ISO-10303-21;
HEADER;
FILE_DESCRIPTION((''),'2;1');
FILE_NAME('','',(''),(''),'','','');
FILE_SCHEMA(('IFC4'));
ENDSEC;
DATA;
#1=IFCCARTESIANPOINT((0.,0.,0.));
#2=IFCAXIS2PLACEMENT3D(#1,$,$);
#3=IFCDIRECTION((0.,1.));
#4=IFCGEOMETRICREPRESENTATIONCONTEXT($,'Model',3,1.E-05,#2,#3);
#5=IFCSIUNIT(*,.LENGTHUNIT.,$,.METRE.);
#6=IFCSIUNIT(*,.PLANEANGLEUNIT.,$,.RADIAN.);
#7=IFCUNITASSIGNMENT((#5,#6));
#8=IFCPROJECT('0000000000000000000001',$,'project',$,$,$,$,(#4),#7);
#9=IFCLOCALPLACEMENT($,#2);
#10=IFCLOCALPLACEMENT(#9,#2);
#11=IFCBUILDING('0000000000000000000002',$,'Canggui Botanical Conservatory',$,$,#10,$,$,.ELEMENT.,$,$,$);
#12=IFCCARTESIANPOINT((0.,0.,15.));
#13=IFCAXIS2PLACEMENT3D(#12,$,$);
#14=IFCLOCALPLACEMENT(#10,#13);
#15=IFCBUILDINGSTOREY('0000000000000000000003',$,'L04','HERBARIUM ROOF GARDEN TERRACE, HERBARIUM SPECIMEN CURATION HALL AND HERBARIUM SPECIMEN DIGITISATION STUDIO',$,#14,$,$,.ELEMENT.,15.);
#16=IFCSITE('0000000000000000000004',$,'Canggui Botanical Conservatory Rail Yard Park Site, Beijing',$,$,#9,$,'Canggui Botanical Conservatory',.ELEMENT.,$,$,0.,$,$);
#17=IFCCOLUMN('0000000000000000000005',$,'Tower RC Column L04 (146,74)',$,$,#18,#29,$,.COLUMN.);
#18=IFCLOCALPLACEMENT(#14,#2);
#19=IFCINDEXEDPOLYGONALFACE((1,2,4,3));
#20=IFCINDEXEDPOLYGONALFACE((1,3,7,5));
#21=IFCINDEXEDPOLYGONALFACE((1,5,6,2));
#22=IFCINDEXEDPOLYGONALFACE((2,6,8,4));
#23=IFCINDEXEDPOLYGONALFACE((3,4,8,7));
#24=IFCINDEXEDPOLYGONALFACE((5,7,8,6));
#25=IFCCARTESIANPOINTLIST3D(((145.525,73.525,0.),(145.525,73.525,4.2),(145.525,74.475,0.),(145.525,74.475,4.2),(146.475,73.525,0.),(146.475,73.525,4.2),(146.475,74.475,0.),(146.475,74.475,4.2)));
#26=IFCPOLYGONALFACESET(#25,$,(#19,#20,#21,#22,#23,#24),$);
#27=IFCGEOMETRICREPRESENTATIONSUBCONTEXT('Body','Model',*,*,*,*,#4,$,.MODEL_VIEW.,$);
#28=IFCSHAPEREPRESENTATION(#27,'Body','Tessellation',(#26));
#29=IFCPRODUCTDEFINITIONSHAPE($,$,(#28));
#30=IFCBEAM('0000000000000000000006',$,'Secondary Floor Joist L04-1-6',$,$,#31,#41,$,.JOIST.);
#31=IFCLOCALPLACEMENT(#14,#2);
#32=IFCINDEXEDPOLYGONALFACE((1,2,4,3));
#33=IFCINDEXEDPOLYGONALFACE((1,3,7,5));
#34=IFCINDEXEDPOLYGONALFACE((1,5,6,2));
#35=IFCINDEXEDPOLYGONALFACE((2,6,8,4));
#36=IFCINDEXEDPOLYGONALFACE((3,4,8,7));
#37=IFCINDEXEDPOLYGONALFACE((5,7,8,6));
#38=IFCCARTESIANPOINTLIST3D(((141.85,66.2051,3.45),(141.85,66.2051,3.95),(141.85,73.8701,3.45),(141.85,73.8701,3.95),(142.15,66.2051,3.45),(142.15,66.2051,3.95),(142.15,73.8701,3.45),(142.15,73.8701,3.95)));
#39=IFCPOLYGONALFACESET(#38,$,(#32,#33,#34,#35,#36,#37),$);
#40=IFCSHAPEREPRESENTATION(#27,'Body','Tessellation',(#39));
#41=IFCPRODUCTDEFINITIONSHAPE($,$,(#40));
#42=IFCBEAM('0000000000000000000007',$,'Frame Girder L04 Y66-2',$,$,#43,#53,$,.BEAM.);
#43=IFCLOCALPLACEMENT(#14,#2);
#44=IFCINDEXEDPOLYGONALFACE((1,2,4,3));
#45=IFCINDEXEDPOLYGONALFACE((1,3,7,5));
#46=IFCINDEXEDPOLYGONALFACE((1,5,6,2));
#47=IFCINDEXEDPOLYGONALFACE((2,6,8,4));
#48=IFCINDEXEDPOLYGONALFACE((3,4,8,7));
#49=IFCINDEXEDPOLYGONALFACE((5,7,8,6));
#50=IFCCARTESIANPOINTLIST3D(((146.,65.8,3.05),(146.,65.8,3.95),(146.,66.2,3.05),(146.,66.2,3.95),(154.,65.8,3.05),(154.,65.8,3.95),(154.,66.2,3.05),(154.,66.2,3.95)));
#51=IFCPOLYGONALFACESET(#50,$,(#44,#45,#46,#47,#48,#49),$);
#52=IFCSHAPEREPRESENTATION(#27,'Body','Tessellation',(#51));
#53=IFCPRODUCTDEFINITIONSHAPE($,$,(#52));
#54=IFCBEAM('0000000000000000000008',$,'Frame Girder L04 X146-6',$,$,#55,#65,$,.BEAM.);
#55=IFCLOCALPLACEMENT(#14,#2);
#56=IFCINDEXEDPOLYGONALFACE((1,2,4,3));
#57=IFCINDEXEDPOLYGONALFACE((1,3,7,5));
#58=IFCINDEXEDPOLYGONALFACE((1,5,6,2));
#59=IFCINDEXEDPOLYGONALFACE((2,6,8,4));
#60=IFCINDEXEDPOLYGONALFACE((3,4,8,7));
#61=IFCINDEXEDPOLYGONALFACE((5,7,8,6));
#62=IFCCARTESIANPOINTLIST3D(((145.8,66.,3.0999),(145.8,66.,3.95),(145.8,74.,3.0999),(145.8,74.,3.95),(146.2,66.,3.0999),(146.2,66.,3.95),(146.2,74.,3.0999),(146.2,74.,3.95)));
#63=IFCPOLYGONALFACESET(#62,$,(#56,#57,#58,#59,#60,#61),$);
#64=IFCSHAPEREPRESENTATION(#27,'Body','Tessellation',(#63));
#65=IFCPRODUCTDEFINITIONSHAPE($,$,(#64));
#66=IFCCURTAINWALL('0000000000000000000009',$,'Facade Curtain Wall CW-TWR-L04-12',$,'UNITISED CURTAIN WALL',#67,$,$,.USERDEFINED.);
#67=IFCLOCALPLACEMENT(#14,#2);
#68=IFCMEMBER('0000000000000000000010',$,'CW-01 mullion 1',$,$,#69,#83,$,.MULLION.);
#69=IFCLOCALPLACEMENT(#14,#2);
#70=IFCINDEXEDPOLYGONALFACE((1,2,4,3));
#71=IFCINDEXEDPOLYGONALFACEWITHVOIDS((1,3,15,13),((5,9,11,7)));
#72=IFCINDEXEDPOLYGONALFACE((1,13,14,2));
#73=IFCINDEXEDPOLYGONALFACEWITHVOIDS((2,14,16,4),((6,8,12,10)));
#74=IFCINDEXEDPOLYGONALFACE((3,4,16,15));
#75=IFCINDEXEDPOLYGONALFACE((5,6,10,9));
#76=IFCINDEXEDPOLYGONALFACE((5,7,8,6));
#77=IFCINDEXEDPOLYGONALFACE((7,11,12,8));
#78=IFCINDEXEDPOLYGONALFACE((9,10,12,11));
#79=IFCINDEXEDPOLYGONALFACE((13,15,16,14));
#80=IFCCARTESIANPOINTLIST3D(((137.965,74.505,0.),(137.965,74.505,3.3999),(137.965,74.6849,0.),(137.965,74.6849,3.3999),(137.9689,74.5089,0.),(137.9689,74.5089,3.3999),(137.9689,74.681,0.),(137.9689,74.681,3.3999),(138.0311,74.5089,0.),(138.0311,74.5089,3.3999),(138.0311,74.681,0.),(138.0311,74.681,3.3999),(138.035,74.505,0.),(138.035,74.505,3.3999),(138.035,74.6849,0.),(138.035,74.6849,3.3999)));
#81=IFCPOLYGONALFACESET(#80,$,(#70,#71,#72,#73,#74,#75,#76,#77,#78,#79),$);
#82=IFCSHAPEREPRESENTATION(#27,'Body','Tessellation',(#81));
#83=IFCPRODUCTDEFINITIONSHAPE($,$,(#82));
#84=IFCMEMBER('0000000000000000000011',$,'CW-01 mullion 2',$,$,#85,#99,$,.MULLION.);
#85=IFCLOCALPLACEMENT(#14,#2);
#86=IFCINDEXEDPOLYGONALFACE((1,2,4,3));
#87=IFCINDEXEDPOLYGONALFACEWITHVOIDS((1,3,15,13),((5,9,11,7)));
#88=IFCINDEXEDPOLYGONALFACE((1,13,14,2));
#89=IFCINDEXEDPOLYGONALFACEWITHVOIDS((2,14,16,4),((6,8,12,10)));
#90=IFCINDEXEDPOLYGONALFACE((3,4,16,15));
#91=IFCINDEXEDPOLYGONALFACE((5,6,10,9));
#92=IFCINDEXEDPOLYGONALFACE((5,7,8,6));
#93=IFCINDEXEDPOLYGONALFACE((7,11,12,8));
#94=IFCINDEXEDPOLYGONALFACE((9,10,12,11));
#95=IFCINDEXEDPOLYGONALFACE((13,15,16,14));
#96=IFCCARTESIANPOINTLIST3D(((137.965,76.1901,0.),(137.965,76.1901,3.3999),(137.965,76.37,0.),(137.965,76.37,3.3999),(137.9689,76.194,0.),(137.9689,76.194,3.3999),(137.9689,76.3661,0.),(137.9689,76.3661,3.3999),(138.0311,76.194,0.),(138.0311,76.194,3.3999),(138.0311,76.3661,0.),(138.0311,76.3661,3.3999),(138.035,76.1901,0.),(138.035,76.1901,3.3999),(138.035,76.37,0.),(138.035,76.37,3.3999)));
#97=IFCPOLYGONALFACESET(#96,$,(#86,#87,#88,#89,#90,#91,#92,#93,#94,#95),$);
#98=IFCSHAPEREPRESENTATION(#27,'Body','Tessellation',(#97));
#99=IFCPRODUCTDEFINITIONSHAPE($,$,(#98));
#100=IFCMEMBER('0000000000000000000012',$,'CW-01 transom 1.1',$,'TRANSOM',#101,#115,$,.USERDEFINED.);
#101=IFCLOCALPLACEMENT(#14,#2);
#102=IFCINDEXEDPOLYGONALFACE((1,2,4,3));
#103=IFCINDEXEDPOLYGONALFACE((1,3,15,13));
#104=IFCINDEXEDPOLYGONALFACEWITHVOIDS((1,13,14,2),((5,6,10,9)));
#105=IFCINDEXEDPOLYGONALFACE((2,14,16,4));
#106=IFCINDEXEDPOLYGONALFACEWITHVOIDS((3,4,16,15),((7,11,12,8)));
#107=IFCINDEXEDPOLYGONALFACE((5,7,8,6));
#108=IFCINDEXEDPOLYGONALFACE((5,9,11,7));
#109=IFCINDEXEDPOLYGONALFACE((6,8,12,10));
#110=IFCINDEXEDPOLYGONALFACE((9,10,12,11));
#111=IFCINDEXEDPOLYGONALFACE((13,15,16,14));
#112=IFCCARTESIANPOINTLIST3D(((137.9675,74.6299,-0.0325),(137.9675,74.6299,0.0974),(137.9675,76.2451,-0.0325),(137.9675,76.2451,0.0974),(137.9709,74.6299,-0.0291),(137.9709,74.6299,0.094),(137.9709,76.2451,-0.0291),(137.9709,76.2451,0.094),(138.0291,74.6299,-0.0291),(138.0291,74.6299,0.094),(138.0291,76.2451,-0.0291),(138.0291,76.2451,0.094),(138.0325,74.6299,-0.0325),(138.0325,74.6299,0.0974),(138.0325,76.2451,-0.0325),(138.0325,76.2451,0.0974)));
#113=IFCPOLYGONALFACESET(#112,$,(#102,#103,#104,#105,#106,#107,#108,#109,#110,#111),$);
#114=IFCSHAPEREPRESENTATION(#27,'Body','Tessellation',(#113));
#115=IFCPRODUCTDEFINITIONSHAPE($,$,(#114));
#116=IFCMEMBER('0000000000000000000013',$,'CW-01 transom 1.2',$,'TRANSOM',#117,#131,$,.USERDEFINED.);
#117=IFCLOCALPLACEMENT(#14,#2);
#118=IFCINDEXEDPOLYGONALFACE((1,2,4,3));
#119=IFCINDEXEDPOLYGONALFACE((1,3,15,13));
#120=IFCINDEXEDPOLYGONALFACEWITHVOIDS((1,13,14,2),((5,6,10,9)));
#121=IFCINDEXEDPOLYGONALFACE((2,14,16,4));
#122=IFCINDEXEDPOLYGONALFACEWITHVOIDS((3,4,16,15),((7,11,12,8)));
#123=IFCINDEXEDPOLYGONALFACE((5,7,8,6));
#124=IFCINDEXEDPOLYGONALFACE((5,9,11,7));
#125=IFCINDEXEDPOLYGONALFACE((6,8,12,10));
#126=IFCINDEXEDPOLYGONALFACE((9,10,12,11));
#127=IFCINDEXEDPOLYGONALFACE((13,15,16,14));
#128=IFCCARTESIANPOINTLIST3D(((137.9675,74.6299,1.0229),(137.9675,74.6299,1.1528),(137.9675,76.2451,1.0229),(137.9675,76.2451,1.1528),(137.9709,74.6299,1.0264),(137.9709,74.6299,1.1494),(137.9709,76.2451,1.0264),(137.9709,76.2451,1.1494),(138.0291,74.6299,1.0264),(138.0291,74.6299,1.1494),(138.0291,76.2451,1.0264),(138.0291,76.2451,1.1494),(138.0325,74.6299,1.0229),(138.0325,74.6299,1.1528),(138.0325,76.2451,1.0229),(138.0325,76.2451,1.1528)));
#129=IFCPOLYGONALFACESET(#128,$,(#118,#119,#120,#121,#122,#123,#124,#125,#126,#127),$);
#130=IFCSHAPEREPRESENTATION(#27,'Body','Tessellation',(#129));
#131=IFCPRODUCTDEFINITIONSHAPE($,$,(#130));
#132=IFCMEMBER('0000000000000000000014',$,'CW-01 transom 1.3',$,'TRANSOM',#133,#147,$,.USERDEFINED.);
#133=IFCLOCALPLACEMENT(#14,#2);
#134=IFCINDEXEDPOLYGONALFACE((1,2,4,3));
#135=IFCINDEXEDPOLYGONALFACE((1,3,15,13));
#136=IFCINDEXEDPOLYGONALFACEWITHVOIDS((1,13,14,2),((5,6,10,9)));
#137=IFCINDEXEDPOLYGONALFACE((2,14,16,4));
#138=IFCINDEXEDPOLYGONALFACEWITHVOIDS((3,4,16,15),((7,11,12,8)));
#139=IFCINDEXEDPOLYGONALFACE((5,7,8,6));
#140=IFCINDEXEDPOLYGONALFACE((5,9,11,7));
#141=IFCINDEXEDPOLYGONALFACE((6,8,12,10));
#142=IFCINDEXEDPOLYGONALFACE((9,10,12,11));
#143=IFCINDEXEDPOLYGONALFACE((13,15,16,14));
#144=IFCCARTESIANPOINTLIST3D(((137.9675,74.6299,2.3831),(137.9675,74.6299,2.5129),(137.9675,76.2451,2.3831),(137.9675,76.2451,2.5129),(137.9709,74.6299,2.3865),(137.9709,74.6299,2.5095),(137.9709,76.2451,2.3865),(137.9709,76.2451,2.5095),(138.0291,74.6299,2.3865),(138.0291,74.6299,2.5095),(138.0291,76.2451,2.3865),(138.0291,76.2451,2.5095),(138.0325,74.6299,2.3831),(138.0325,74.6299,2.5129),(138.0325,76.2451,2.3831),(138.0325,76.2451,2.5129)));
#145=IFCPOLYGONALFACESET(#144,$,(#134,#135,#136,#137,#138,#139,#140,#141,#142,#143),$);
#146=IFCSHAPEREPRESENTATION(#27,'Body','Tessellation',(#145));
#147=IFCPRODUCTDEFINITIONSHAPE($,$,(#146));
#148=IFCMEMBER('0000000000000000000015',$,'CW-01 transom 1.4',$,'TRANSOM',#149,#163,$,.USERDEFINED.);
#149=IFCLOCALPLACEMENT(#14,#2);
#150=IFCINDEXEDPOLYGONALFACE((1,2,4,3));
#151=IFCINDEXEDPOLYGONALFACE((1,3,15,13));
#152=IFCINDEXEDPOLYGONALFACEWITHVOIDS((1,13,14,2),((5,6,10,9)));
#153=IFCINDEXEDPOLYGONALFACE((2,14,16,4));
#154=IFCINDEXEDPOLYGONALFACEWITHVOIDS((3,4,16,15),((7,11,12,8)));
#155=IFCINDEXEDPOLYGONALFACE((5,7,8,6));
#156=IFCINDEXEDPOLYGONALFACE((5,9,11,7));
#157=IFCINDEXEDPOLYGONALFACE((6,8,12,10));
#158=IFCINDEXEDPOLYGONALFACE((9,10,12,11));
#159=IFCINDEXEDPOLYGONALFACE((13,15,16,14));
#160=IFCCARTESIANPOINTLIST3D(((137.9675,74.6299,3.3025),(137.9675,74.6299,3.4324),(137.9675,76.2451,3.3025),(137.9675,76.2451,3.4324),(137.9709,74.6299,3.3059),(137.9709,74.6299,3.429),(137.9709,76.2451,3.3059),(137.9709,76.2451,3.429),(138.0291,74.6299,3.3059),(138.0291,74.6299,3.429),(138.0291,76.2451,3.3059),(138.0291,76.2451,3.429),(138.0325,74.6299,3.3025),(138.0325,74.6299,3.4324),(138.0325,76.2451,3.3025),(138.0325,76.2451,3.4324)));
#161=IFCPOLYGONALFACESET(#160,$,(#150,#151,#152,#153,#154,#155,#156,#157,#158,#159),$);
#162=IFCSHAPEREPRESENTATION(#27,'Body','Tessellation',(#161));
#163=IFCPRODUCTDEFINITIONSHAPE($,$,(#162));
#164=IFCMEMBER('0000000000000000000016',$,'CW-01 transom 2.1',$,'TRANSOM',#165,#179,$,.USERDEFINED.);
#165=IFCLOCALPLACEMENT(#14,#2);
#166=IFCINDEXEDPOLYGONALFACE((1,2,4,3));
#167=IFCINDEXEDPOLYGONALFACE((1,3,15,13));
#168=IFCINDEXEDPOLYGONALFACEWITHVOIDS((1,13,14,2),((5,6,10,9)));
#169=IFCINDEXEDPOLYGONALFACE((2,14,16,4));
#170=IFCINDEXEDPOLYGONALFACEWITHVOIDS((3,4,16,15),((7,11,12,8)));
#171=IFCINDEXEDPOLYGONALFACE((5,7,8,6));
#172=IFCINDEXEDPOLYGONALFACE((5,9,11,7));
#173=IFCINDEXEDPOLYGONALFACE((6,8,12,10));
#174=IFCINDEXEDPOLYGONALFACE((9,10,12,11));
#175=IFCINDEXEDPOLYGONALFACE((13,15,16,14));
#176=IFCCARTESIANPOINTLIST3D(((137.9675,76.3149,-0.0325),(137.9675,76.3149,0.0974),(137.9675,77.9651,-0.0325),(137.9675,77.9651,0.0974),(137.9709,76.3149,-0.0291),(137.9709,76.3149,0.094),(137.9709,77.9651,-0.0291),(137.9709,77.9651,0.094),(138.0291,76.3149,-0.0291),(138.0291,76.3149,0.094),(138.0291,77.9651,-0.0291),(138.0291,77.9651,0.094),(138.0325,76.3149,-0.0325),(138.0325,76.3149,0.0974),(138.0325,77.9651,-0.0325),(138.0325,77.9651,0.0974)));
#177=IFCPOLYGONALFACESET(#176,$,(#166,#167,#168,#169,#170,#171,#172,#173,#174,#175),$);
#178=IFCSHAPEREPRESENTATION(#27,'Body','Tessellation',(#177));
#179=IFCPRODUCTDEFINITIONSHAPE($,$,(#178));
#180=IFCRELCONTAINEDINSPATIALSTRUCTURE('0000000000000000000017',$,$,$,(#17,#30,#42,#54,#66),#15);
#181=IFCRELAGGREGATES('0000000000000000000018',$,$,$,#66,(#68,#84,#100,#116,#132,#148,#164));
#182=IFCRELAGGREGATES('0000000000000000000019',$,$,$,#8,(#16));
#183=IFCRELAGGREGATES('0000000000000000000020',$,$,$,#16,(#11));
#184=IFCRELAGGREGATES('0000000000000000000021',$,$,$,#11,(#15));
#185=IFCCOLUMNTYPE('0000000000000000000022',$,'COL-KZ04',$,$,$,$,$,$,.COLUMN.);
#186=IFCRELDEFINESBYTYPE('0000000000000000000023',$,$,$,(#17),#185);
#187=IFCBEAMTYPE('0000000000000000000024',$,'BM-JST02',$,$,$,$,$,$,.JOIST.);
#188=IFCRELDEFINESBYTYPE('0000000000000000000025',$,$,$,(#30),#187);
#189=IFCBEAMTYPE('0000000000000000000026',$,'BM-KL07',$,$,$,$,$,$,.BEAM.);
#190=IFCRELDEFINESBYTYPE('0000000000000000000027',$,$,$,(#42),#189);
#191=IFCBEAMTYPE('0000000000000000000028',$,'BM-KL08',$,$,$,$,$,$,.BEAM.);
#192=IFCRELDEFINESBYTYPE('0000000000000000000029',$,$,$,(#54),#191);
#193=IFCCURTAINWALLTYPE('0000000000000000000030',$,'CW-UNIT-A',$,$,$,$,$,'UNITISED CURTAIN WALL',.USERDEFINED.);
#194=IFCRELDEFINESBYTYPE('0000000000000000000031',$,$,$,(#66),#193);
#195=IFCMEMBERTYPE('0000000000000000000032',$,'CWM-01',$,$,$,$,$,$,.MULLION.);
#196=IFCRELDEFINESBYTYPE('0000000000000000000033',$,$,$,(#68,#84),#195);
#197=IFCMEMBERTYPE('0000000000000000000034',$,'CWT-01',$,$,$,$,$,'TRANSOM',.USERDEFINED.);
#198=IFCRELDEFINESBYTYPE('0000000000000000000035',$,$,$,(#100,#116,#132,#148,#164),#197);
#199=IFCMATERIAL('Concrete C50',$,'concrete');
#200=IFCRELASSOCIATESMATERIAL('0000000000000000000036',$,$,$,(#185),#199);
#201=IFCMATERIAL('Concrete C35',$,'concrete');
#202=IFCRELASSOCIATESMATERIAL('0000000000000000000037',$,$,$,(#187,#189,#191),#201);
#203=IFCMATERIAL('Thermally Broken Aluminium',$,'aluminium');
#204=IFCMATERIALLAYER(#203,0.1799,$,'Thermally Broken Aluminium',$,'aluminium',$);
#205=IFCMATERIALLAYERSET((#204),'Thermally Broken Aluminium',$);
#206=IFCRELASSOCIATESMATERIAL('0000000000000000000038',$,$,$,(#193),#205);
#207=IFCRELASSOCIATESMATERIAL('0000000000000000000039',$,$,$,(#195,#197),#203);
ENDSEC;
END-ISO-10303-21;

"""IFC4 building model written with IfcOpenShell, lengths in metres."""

from ifc_helpers import new_model, si_unit, direction, frame, origin, origin_2d, place, context, subcontext, project, spatial, rectangle, hollow_rectangle, extrude, material, layer, layer_set, material_profile, profile_set, type_object, element, aggregate, save


model = new_model("IFC4")

# Units and contexts
model_context = context("Model", 3, precision=1e-05, world=origin(), true_north=direction((0.0, 1.0)))
body_context = subcontext(model_context, "Body", "Model", "MODEL_VIEW")
ifc_project = project(units=[si_unit("LENGTHUNIT", "METRE"), si_unit("PLANEANGLEUNIT", "RADIAN")], contexts=[model_context])

# Site, building, storey
site_placement = place(None, origin())
site = spatial("IfcSite", under=ifc_project, at=site_placement, Name="Canggui Botanical Conservatory Rail Yard Park Site, Beijing", LongName="Canggui Botanical Conservatory", CompositionType="ELEMENT", RefElevation=0.0)
building_placement = place(site_placement, origin())
building = spatial("IfcBuilding", under=site, at=building_placement, Name="Canggui Botanical Conservatory", CompositionType="ELEMENT")
storey_placement = place(building_placement, frame((0.0, 0.0, 15.0)))
storey = spatial("IfcBuildingStorey", under=building, at=storey_placement, Name="L04", Description="HERBARIUM ROOF GARDEN TERRACE, HERBARIUM SPECIMEN CURATION HALL AND HERBARIUM SPECIMEN DIGITISATION STUDIO", CompositionType="ELEMENT", Elevation=15.0)

# Column
ifc_material_1 = material(Name="Concrete C50", Category="concrete")
ifc_material_profile_1 = material_profile(ifc_material_1, rectangle(XDim=0.95, YDim=0.95, at=origin_2d()), Name="RC 950x950")
ifc_profile_set_1 = profile_set([ifc_material_profile_1], Name="Concrete C50")
column_type = type_object("IfcColumnType", Name="COL-KZ04", PredefinedType="COLUMN", material=ifc_profile_set_1)
column_placement = place(storey_placement, frame((146.0, 74.0, 0.0), z_axis=(0.0, 0.0, 1.0), x_axis=(1.0, 0.0, 0.0)))
element("IfcColumn", 1, at=column_placement, inside=storey, type_object=column_type, Name="Tower RC Column L04 (146,74)", PredefinedType="COLUMN", context=body_context, shape_type="SweptSolid", body=[
    extrude(rectangle(XDim=0.95, YDim=0.95, at=origin_2d()), origin(), (0.0, 0.0, 1.0), 4.2),
])

# Beams
ifc_material_2 = material(Name="Concrete C35", Category="concrete")
ifc_material_profile_2 = material_profile(ifc_material_2, rectangle(XDim=0.3, YDim=0.5, at=origin_2d()), Name="RB 300x500")
ifc_profile_set_2 = profile_set([ifc_material_profile_2], Name="Concrete C35")
beam_type_1 = type_object("IfcBeamType", Name="BM-JST02", PredefinedType="JOIST", material=ifc_profile_set_2)
beam_1_placement = place(storey_placement, frame((142.0, 66.2051, 3.7), z_axis=(0.0, 1.0, 0.0), x_axis=(-1.0, 0.0, 0.0)))
element("IfcBeam", 2, at=beam_1_placement, inside=storey, type_object=beam_type_1, Name="Secondary Floor Joist L04-1-6", PredefinedType="JOIST", context=body_context, shape_type="SweptSolid", body=[
    extrude(rectangle(XDim=0.3, YDim=0.5, at=origin_2d()), origin(), (0.0, 0.0, 1.0), 7.665),
])
ifc_material_profile_3 = material_profile(ifc_material_2, rectangle(XDim=0.3999, YDim=0.8999, at=origin_2d()), Name="RB 400x900")
ifc_profile_set_3 = profile_set([ifc_material_profile_3], Name="Concrete C35")
beam_type_2 = type_object("IfcBeamType", Name="BM-KL07", PredefinedType="BEAM", material=ifc_profile_set_3)
beam_2_placement = place(storey_placement, frame((146.0, 66.0, 3.5), z_axis=(1.0, 0.0, 0.0), x_axis=(0.0, 1.0, 0.0)))
element("IfcBeam", 3, at=beam_2_placement, inside=storey, type_object=beam_type_2, Name="Frame Girder L04 Y66-2", PredefinedType="BEAM", context=body_context, shape_type="SweptSolid", body=[
    extrude(rectangle(XDim=0.3999, YDim=0.8999, at=origin_2d()), origin(), (0.0, 0.0, 1.0), 8.0),
])
ifc_material_profile_4 = material_profile(ifc_material_2, rectangle(XDim=0.3999, YDim=0.8501, at=origin_2d()), Name="RB 400x850")
ifc_profile_set_4 = profile_set([ifc_material_profile_4], Name="Concrete C35")
beam_type_3 = type_object("IfcBeamType", Name="BM-KL08", PredefinedType="BEAM", material=ifc_profile_set_4)
beam_3_placement = place(storey_placement, frame((146.0, 66.0, 3.5249), z_axis=(0.0, 1.0, 0.0), x_axis=(-1.0, 0.0, 0.0)))
element("IfcBeam", 4, at=beam_3_placement, inside=storey, type_object=beam_type_3, Name="Frame Girder L04 X146-6", PredefinedType="BEAM", context=body_context, shape_type="SweptSolid", body=[
    extrude(rectangle(XDim=0.3999, YDim=0.8501, at=origin_2d()), origin(), (0.0, 0.0, 1.0), 8.0),
])

# Curtain wall, members
ifc_material_3 = material(Name="Thermally Broken Aluminium", Category="aluminium")
ifc_layer_1 = layer(ifc_material_3, 0.1799, Name="Thermally Broken Aluminium", Category="aluminium")
ifc_layer_set_1 = layer_set([ifc_layer_1], Name="Thermally Broken Aluminium")
curtain_wall_type = type_object("IfcCurtainWallType", Name="CW-UNIT-A", ElementType="UNITISED CURTAIN WALL", PredefinedType="USERDEFINED", material=ifc_layer_set_1)
curtain_wall_placement = place(storey_placement, origin())
curtain_wall = element("IfcCurtainWall", 5, at=curtain_wall_placement, inside=storey, type_object=curtain_wall_type, Name="Facade Curtain Wall CW-TWR-L04-12", ObjectType="UNITISED CURTAIN WALL", PredefinedType="USERDEFINED")
ifc_material_profile_5 = material_profile(ifc_material_3, hollow_rectangle(XDim=0.0701, YDim=0.1799, WallThickness=0.0039, at=origin_2d()), Name="CWM 70x180x4")
ifc_profile_set_5 = profile_set([ifc_material_profile_5], Name="Thermally Broken Aluminium")
member_type_1 = type_object("IfcMemberType", Name="CWM-01", PredefinedType="MULLION", material=ifc_profile_set_5)
member_1_placement = place(storey_placement, frame((138.0, 74.595, 0.0), z_axis=(0.0, 0.0, 1.0), x_axis=(-1.0, 0.0, 0.0)))
member_1 = element("IfcMember", 6, at=member_1_placement, type_object=member_type_1, Name="CW-01 mullion 1", PredefinedType="MULLION", context=body_context, shape_type="SweptSolid", body=[
    extrude(hollow_rectangle(XDim=0.0701, YDim=0.1799, WallThickness=0.0039, at=origin_2d()), origin(), (0.0, 0.0, 1.0), 3.3999),
])
member_2_placement = place(storey_placement, frame((138.0, 76.28, 0.0), z_axis=(0.0, 0.0, 1.0), x_axis=(-1.0, 0.0, 0.0)))
member_2 = element("IfcMember", 7, at=member_2_placement, type_object=member_type_1, Name="CW-01 mullion 2", PredefinedType="MULLION", context=body_context, shape_type="SweptSolid", body=[
    extrude(hollow_rectangle(XDim=0.0701, YDim=0.1799, WallThickness=0.0039, at=origin_2d()), origin(), (0.0, 0.0, 1.0), 3.3999),
])
ifc_material_profile_6 = material_profile(ifc_material_3, hollow_rectangle(XDim=0.0649, YDim=0.1299, WallThickness=0.0034, at=origin_2d()), Name="CWT 65x130x3.5")
ifc_profile_set_6 = profile_set([ifc_material_profile_6], Name="Thermally Broken Aluminium")
member_type_2 = type_object("IfcMemberType", Name="CWT-01", ElementType="TRANSOM", PredefinedType="USERDEFINED", material=ifc_profile_set_6)
member_3_placement = place(storey_placement, frame((138.0, 74.6299, 0.0325), z_axis=(0.0, 1.0, 0.0), x_axis=(-1.0, 0.0, 0.0)))
member_3 = element("IfcMember", 8, at=member_3_placement, type_object=member_type_2, Name="CW-01 transom 1.1", ObjectType="TRANSOM", PredefinedType="USERDEFINED", context=body_context, shape_type="SweptSolid", body=[
    extrude(hollow_rectangle(XDim=0.0649, YDim=0.1299, WallThickness=0.0034, at=origin_2d()), origin(), (0.0, 0.0, 1.0), 1.6152),
])
member_4_placement = place(storey_placement, frame((138.0, 74.6299, 1.0879), z_axis=(0.0, 1.0, 0.0), x_axis=(-1.0, 0.0, 0.0)))
member_4 = element("IfcMember", 9, at=member_4_placement, type_object=member_type_2, Name="CW-01 transom 1.2", ObjectType="TRANSOM", PredefinedType="USERDEFINED", context=body_context, shape_type="SweptSolid", body=[
    extrude(hollow_rectangle(XDim=0.0649, YDim=0.1299, WallThickness=0.0034, at=origin_2d()), origin(), (0.0, 0.0, 1.0), 1.6152),
])
member_5_placement = place(storey_placement, frame((138.0, 74.6299, 2.448), z_axis=(0.0, 1.0, 0.0), x_axis=(-1.0, 0.0, 0.0)))
member_5 = element("IfcMember", 10, at=member_5_placement, type_object=member_type_2, Name="CW-01 transom 1.3", ObjectType="TRANSOM", PredefinedType="USERDEFINED", context=body_context, shape_type="SweptSolid", body=[
    extrude(hollow_rectangle(XDim=0.0649, YDim=0.1299, WallThickness=0.0034, at=origin_2d()), origin(), (0.0, 0.0, 1.0), 1.6152),
])
member_6_placement = place(storey_placement, frame((138.0, 74.6299, 3.3674), z_axis=(0.0, 1.0, 0.0), x_axis=(-1.0, 0.0, 0.0)))
member_6 = element("IfcMember", 11, at=member_6_placement, type_object=member_type_2, Name="CW-01 transom 1.4", ObjectType="TRANSOM", PredefinedType="USERDEFINED", context=body_context, shape_type="SweptSolid", body=[
    extrude(hollow_rectangle(XDim=0.0649, YDim=0.1299, WallThickness=0.0034, at=origin_2d()), origin(), (0.0, 0.0, 1.0), 1.6152),
])
member_7_placement = place(storey_placement, frame((138.0, 76.3149, 0.0325), z_axis=(0.0, 1.0, 0.0), x_axis=(-1.0, 0.0, 0.0)))
member_7 = element("IfcMember", 12, at=member_7_placement, type_object=member_type_2, Name="CW-01 transom 2.1", ObjectType="TRANSOM", PredefinedType="USERDEFINED", context=body_context, shape_type="SweptSolid", body=[
    extrude(hollow_rectangle(XDim=0.0649, YDim=0.1299, WallThickness=0.0034, at=origin_2d()), origin(), (0.0, 0.0, 1.0), 1.6501),
])
aggregate(curtain_wall, [member_1, member_2, member_3, member_4, member_5, member_6, member_7])

save(model, "model.ifc")
